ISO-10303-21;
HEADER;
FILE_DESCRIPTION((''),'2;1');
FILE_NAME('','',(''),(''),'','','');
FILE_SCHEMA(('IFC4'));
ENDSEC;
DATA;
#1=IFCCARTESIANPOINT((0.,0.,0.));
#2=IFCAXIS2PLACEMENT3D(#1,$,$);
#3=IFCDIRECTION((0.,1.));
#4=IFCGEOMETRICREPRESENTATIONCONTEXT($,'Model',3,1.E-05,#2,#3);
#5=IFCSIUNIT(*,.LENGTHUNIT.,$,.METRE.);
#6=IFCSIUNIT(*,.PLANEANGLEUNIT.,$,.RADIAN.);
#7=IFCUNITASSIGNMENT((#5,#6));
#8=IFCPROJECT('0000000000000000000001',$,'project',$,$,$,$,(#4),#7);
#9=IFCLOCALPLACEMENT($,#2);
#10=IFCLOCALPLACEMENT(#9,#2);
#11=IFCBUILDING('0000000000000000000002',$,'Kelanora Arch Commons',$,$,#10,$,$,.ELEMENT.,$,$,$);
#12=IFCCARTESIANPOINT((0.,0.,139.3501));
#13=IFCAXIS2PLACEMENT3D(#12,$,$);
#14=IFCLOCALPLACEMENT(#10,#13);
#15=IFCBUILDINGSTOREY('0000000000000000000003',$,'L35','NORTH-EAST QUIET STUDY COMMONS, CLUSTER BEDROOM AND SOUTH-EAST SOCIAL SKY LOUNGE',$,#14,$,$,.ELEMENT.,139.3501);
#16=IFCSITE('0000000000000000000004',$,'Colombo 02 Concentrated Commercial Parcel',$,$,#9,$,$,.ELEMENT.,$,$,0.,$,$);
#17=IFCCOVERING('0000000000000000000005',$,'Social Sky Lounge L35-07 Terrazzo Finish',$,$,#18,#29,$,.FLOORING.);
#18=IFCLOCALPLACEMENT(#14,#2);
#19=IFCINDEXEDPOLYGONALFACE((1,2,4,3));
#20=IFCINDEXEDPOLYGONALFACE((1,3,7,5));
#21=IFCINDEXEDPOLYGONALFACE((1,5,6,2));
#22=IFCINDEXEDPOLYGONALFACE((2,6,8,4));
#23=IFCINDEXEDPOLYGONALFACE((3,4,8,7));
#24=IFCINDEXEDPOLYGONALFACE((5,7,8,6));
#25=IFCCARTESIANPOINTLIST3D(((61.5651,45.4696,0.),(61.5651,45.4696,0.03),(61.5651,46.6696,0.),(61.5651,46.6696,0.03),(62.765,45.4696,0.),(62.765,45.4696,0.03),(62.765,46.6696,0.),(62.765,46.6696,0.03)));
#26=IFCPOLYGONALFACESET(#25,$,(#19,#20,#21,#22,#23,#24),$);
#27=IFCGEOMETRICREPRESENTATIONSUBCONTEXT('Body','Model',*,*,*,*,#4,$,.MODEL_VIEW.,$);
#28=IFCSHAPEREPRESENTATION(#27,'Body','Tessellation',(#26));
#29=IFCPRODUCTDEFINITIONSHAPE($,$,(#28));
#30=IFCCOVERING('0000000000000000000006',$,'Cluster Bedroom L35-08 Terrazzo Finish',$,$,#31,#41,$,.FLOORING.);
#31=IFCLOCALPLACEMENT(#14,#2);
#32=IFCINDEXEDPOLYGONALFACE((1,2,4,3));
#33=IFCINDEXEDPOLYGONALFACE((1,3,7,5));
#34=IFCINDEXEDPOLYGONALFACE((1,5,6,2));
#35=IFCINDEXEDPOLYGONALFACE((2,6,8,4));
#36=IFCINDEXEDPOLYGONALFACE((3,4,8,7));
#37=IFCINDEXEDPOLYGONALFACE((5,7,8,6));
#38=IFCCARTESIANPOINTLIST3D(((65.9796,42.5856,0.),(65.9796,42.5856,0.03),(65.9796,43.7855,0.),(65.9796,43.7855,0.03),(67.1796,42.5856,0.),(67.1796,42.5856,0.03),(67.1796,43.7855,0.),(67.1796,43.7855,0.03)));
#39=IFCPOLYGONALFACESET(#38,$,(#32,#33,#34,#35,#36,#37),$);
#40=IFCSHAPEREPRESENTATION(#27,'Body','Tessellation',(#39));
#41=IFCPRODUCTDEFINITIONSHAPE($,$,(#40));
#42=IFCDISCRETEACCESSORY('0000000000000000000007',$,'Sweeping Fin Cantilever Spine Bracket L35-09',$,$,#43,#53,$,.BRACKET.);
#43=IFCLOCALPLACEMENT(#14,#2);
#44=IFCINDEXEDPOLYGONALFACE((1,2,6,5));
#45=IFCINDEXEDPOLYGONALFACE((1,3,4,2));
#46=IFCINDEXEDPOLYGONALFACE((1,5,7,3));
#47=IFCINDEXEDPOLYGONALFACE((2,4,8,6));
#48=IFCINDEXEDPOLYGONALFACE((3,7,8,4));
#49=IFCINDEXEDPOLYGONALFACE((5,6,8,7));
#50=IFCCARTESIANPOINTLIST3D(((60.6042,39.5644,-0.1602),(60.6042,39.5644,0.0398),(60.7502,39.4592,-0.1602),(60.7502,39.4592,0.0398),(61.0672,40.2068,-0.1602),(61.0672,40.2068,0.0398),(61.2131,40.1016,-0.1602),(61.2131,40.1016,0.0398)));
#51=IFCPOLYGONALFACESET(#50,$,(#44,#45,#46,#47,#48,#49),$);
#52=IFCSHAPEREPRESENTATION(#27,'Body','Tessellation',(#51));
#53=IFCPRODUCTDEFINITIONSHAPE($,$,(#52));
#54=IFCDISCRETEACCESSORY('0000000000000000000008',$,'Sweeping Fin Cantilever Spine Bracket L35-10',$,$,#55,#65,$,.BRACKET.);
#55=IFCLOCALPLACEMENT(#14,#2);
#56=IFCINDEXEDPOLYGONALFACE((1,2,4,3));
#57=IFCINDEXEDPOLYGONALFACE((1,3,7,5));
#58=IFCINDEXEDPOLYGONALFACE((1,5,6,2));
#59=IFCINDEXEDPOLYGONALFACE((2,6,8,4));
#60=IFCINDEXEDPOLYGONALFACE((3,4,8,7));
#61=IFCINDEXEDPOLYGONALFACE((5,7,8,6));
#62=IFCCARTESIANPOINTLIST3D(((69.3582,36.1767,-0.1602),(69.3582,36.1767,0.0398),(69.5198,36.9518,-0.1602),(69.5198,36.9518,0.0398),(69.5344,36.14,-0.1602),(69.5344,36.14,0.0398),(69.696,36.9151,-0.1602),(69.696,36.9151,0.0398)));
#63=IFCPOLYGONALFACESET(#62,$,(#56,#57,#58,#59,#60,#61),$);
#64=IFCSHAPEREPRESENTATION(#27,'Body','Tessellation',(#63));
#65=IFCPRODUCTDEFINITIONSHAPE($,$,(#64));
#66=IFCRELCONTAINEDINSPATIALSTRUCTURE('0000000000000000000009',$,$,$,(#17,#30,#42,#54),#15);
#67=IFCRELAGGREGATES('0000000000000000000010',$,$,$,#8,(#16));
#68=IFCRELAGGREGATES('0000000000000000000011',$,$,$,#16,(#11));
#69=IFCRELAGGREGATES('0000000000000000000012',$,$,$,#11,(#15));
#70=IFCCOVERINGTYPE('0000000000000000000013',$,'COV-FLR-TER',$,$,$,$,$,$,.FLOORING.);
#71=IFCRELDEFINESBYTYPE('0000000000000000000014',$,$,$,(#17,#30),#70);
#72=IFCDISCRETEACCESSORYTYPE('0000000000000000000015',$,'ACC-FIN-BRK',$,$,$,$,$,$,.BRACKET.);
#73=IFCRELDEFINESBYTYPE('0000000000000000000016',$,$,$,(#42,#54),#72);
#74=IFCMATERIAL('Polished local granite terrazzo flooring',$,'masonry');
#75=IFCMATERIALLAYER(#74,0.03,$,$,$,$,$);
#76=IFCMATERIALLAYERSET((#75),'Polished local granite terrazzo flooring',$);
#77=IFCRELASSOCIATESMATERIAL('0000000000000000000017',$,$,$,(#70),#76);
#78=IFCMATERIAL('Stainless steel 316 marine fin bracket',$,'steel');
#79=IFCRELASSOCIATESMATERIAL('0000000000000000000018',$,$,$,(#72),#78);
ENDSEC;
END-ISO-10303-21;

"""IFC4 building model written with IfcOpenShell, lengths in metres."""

from ifc_helpers import new_model, si_unit, direction, frame, origin, origin_2d, place, context, subcontext, project, spatial, rectangle, extrude, source, transform, mapped, material, layer, layer_set, type_object, element, save


model = new_model("IFC4")

# Units and contexts
model_context = context("Model", 3, precision=1e-05, world=origin(), true_north=direction((0.0, 1.0)))
body_context = subcontext(model_context, "Body", "Model", "MODEL_VIEW")
ifc_project = project(units=[si_unit("LENGTHUNIT", "METRE"), si_unit("PLANEANGLEUNIT", "RADIAN")], contexts=[model_context])

# Site, building, storey
site_placement = place(None, origin())
site = spatial("IfcSite", under=ifc_project, at=site_placement, Name="Colombo 02 Concentrated Commercial Parcel", CompositionType="ELEMENT", RefElevation=0.0)
building_placement = place(site_placement, origin())
building = spatial("IfcBuilding", under=site, at=building_placement, Name="Kelanora Arch Commons", CompositionType="ELEMENT")
storey_placement = place(building_placement, frame((0.0, 0.0, 139.3501)))
storey = spatial("IfcBuildingStorey", under=building, at=storey_placement, Name="L35", Description="NORTH-EAST QUIET STUDY COMMONS, CLUSTER BEDROOM AND SOUTH-EAST SOCIAL SKY LOUNGE", CompositionType="ELEMENT", Elevation=139.3501)

# Coverings
ifc_material_1 = material(Name="Polished local granite terrazzo flooring", Category="masonry")
ifc_layer_1 = layer(ifc_material_1, 0.03)
ifc_layer_set_1 = layer_set([ifc_layer_1], Name="Polished local granite terrazzo flooring")
covering_type = type_object("IfcCoveringType", Name="COV-FLR-TER", PredefinedType="FLOORING", material=ifc_layer_set_1)
shared_shape_1 = source(origin(), body_context, "Body", "SweptSolid", [
    extrude(rectangle(XDim=1.2, YDim=1.2, at=origin_2d()), origin(), (0.0, 0.0, 1.0), 0.03),
])
for number, where, z_axis, x_axis, name in (
    (1, (62.165, 46.0696, 0.0), (0.0, 0.0, 1.0), (1.0, 0.0, 0.0), "Social Sky Lounge L35-07 Terrazzo Finish"),
    (2, (66.5796, 43.1855, 0.0), (0.0, 0.0, 1.0), (1.0, 0.0, 0.0), "Cluster Bedroom L35-08 Terrazzo Finish"),
):
    element("IfcCovering", number, at=place(storey_placement, frame(where, z_axis=z_axis, x_axis=x_axis)), inside=storey, type_object=covering_type, Name=name, PredefinedType="FLOORING", context=body_context, shape_type="MappedRepresentation", body=[
        mapped(shared_shape_1, transform((0.0, 0.0, 0.0), scale=1.0)),
    ])

# Discrete accessories
ifc_material_2 = material(Name="Stainless steel 316 marine fin bracket", Category="steel")
discrete_accessory_type = type_object("IfcDiscreteAccessoryType", Name="ACC-FIN-BRK", PredefinedType="BRACKET", material=ifc_material_2)
shared_shape_2 = source(origin(), body_context, "Body", "SweptSolid", [
    extrude(rectangle(XDim=0.7917, YDim=0.1799, at=origin_2d()), origin(), (0.0, 0.0, 1.0), 0.2),
])
for number, where, z_axis, x_axis, name in (
    (3, (60.9087, 39.833, -0.1602), (0.0, 0.0, 1.0), (-0.584675, -0.811268, 0.0), "Sweeping Fin Cantilever Spine Bracket L35-09"),
    (4, (69.5271, 36.5459, -0.1602), (0.0, 0.0, 1.0), (-0.204154, -0.978939, 0.0), "Sweeping Fin Cantilever Spine Bracket L35-10"),
):
    element("IfcDiscreteAccessory", number, at=place(storey_placement, frame(where, z_axis=z_axis, x_axis=x_axis)), inside=storey, type_object=discrete_accessory_type, Name=name, PredefinedType="BRACKET", context=body_context, shape_type="MappedRepresentation", body=[
        mapped(shared_shape_2, transform((0.0, 0.0, 0.0), scale=1.0)),
    ])

save(model, "model.ifc")
